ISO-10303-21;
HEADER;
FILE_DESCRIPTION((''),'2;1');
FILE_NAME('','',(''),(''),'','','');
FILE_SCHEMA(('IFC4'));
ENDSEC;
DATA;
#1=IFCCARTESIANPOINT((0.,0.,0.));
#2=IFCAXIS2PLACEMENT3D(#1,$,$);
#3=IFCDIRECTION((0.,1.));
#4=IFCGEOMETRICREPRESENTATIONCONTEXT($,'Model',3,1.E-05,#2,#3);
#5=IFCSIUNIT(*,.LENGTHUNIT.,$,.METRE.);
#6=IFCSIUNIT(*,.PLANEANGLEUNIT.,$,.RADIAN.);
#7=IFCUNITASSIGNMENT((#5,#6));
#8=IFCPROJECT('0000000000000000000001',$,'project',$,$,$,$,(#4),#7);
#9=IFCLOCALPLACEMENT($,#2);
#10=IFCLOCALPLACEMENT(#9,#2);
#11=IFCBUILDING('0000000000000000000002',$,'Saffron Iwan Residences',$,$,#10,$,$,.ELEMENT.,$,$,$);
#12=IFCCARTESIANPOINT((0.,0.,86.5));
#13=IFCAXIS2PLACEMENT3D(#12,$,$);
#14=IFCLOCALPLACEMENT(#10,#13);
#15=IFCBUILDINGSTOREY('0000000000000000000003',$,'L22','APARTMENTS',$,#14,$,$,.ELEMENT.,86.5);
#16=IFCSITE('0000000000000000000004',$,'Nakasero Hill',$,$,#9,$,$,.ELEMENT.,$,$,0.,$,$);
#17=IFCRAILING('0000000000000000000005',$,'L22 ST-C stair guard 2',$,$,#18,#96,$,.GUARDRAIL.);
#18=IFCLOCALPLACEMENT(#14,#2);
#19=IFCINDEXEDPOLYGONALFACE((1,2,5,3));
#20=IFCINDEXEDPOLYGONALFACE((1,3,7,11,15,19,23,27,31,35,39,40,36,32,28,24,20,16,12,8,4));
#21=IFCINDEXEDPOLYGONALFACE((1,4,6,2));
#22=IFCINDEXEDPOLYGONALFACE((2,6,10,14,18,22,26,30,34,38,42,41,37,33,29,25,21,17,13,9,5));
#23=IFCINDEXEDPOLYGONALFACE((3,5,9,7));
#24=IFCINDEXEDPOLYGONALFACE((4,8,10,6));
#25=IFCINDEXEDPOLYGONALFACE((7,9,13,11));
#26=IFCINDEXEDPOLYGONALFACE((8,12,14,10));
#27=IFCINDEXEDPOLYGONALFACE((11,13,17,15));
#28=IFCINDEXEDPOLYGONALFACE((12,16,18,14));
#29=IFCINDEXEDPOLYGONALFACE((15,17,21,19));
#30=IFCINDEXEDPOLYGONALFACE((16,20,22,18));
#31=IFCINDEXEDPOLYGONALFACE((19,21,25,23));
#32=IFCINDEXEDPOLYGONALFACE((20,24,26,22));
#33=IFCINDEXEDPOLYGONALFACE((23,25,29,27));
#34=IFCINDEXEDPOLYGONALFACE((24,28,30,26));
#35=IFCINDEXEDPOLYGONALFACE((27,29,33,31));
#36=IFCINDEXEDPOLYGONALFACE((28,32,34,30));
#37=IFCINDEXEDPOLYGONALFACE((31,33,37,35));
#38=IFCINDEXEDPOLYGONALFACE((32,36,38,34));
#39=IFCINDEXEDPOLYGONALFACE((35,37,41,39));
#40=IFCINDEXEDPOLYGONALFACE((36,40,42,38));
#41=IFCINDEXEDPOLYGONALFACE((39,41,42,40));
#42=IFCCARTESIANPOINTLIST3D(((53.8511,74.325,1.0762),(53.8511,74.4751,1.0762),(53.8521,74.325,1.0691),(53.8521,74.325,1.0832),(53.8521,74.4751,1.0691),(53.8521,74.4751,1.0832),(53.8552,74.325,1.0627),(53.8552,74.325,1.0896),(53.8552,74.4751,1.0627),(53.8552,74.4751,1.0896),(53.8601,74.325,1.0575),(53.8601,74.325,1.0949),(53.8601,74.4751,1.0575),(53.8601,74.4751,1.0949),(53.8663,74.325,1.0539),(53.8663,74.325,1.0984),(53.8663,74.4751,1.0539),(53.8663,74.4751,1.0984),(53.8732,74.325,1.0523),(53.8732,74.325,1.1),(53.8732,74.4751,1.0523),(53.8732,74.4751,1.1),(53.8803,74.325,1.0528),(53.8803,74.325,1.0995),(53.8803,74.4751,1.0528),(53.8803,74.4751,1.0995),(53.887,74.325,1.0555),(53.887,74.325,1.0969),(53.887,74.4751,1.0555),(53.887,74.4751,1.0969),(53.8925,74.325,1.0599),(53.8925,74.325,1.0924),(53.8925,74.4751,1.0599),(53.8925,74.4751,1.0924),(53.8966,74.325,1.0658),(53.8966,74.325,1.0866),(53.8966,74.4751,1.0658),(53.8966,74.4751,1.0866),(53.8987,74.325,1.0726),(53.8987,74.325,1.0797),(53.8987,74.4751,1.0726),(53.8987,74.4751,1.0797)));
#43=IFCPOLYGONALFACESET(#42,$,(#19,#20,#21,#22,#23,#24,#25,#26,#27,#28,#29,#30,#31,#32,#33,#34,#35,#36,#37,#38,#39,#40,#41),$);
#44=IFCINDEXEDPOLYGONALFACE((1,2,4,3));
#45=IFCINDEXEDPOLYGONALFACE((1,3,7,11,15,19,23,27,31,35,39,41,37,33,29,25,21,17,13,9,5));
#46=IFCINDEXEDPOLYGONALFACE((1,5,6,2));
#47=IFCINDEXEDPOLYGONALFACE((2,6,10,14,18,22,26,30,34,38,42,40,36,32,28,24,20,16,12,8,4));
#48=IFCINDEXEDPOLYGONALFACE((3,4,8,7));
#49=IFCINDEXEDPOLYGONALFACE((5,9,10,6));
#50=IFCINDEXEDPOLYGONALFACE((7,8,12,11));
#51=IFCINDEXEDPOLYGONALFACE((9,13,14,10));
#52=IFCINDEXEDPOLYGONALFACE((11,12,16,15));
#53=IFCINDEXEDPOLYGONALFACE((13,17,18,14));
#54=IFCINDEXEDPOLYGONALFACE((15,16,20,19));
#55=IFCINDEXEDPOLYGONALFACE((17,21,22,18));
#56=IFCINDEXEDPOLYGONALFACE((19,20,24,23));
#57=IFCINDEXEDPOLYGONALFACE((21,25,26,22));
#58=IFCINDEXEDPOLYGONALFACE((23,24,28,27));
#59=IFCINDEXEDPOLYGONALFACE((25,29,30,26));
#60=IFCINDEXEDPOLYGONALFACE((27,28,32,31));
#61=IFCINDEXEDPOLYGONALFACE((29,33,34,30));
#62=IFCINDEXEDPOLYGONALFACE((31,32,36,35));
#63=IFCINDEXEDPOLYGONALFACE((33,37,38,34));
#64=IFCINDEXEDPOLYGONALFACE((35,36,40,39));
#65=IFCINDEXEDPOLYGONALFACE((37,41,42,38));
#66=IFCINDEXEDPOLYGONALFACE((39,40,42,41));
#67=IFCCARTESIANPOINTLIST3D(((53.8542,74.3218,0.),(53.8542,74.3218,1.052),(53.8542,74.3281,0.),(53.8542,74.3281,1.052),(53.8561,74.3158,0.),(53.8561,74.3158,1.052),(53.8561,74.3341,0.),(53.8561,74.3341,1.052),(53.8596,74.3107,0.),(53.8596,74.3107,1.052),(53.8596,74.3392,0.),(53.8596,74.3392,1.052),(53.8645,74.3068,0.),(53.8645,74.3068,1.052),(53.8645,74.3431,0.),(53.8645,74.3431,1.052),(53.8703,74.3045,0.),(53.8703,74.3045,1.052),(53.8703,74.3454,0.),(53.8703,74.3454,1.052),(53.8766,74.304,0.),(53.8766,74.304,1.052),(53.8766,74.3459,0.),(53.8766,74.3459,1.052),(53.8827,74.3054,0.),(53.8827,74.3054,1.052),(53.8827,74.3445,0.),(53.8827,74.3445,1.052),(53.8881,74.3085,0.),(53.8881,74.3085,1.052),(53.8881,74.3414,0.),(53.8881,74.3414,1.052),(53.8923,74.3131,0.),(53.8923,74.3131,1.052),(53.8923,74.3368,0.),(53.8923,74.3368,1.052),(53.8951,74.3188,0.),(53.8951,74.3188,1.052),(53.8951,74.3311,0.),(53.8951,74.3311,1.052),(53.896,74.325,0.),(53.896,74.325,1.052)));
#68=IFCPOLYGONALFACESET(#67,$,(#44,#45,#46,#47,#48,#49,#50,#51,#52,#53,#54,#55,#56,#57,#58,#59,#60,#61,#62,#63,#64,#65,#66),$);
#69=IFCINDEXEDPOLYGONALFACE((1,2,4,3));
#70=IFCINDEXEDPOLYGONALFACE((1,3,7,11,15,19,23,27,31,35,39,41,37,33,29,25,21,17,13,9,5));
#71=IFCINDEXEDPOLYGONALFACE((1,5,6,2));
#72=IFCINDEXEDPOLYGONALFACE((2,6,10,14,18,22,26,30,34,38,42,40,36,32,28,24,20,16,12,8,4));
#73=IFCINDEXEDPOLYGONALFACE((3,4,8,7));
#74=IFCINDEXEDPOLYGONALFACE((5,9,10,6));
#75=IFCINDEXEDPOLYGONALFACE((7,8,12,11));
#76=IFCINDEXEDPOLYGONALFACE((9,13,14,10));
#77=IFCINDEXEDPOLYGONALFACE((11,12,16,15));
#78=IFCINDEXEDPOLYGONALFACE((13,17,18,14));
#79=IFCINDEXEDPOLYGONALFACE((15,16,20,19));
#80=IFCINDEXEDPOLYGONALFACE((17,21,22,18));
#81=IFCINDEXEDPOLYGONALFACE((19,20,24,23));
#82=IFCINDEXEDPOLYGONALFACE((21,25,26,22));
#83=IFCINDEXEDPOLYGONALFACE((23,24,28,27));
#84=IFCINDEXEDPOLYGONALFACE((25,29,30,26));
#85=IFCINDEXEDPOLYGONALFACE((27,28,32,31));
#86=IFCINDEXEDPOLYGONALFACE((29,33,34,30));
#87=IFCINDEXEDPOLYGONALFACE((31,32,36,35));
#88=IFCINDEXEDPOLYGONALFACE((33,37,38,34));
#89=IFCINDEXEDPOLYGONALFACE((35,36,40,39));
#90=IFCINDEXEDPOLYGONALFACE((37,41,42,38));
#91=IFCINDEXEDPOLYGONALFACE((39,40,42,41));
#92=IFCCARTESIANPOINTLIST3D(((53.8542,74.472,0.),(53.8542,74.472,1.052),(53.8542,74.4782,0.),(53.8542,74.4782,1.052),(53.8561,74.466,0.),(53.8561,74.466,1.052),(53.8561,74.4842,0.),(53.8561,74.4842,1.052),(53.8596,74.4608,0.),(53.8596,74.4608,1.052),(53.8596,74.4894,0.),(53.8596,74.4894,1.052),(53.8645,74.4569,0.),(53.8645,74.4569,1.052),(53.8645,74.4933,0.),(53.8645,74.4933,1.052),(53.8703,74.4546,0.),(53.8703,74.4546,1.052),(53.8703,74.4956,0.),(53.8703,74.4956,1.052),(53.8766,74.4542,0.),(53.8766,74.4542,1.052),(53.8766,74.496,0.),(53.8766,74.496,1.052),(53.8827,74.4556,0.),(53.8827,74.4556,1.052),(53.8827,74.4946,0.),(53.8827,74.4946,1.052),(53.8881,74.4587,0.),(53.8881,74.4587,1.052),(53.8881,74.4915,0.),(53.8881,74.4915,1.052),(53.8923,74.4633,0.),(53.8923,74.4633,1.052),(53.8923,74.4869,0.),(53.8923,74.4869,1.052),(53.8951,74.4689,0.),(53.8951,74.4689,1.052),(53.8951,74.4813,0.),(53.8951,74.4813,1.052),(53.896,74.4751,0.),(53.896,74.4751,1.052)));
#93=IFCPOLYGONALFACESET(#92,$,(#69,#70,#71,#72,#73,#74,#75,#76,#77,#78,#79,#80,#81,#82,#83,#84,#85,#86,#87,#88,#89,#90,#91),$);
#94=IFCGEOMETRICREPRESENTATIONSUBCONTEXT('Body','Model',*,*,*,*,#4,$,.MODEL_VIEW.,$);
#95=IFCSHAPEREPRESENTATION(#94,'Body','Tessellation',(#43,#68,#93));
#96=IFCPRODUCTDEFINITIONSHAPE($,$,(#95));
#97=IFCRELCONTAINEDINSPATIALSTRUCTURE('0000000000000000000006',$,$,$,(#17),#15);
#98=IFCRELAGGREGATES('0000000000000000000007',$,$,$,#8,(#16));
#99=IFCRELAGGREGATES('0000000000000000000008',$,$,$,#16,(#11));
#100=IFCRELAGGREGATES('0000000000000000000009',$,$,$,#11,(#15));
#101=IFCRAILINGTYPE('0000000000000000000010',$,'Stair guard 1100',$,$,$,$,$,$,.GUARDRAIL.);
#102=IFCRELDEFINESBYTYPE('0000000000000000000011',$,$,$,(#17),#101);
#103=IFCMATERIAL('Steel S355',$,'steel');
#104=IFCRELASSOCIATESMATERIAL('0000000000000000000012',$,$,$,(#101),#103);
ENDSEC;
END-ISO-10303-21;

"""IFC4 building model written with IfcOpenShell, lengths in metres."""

from ifc_helpers import new_model, si_unit, direction, frame, origin, origin_2d, place, context, subcontext, project, spatial, circle, extrude, material, type_object, element, save


model = new_model("IFC4")

# Units and contexts
model_context = context("Model", 3, precision=1e-05, world=origin(), true_north=direction((0.0, 1.0)))
body_context = subcontext(model_context, "Body", "Model", "MODEL_VIEW")
ifc_project = project(units=[si_unit("LENGTHUNIT", "METRE"), si_unit("PLANEANGLEUNIT", "RADIAN")], contexts=[model_context])

# Site, building, storey
site_placement = place(None, origin())
site = spatial("IfcSite", under=ifc_project, at=site_placement, Name="Nakasero Hill", CompositionType="ELEMENT", RefElevation=0.0)
building_placement = place(site_placement, origin())
building = spatial("IfcBuilding", under=site, at=building_placement, Name="Saffron Iwan Residences", CompositionType="ELEMENT")
storey_placement = place(building_placement, frame((0.0, 0.0, 86.5)))
storey = spatial("IfcBuildingStorey", under=building, at=storey_placement, Name="L22", Description="APARTMENTS", CompositionType="ELEMENT", Elevation=86.5)

# Railing
ifc_material_1 = material(Name="Steel S355", Category="steel")
railing_type_1 = type_object("IfcRailingType", Name="Stair guard 1100", PredefinedType="GUARDRAIL", material=ifc_material_1)
railing_1_placement = place(storey_placement, frame((53.875, 74.325, 0.0)))
element("IfcRailing", 1, at=railing_1_placement, inside=storey, type_object=railing_type_1, Name="L22 ST-C stair guard 2", PredefinedType="GUARDRAIL", context=body_context, shape_type="SweptSolid", body=[
    extrude(circle(Radius=0.0239, at=origin_2d()), frame((0.0, 0.0, 1.0762), z_axis=(0.0, 1.0, 0.0), x_axis=(-1.0, 0.0, 0.0)), (0.0, 0.0, 1.0), 0.1501),
    extrude(circle(Radius=0.021, at=origin_2d()), origin(), (0.0, 0.0, 1.0), 1.052),
    extrude(circle(Radius=0.021, at=origin_2d()), frame((0.0, 0.1501, 0.0)), (0.0, 0.0, 1.0), 1.052),
])

save(model, "model.ifc")
